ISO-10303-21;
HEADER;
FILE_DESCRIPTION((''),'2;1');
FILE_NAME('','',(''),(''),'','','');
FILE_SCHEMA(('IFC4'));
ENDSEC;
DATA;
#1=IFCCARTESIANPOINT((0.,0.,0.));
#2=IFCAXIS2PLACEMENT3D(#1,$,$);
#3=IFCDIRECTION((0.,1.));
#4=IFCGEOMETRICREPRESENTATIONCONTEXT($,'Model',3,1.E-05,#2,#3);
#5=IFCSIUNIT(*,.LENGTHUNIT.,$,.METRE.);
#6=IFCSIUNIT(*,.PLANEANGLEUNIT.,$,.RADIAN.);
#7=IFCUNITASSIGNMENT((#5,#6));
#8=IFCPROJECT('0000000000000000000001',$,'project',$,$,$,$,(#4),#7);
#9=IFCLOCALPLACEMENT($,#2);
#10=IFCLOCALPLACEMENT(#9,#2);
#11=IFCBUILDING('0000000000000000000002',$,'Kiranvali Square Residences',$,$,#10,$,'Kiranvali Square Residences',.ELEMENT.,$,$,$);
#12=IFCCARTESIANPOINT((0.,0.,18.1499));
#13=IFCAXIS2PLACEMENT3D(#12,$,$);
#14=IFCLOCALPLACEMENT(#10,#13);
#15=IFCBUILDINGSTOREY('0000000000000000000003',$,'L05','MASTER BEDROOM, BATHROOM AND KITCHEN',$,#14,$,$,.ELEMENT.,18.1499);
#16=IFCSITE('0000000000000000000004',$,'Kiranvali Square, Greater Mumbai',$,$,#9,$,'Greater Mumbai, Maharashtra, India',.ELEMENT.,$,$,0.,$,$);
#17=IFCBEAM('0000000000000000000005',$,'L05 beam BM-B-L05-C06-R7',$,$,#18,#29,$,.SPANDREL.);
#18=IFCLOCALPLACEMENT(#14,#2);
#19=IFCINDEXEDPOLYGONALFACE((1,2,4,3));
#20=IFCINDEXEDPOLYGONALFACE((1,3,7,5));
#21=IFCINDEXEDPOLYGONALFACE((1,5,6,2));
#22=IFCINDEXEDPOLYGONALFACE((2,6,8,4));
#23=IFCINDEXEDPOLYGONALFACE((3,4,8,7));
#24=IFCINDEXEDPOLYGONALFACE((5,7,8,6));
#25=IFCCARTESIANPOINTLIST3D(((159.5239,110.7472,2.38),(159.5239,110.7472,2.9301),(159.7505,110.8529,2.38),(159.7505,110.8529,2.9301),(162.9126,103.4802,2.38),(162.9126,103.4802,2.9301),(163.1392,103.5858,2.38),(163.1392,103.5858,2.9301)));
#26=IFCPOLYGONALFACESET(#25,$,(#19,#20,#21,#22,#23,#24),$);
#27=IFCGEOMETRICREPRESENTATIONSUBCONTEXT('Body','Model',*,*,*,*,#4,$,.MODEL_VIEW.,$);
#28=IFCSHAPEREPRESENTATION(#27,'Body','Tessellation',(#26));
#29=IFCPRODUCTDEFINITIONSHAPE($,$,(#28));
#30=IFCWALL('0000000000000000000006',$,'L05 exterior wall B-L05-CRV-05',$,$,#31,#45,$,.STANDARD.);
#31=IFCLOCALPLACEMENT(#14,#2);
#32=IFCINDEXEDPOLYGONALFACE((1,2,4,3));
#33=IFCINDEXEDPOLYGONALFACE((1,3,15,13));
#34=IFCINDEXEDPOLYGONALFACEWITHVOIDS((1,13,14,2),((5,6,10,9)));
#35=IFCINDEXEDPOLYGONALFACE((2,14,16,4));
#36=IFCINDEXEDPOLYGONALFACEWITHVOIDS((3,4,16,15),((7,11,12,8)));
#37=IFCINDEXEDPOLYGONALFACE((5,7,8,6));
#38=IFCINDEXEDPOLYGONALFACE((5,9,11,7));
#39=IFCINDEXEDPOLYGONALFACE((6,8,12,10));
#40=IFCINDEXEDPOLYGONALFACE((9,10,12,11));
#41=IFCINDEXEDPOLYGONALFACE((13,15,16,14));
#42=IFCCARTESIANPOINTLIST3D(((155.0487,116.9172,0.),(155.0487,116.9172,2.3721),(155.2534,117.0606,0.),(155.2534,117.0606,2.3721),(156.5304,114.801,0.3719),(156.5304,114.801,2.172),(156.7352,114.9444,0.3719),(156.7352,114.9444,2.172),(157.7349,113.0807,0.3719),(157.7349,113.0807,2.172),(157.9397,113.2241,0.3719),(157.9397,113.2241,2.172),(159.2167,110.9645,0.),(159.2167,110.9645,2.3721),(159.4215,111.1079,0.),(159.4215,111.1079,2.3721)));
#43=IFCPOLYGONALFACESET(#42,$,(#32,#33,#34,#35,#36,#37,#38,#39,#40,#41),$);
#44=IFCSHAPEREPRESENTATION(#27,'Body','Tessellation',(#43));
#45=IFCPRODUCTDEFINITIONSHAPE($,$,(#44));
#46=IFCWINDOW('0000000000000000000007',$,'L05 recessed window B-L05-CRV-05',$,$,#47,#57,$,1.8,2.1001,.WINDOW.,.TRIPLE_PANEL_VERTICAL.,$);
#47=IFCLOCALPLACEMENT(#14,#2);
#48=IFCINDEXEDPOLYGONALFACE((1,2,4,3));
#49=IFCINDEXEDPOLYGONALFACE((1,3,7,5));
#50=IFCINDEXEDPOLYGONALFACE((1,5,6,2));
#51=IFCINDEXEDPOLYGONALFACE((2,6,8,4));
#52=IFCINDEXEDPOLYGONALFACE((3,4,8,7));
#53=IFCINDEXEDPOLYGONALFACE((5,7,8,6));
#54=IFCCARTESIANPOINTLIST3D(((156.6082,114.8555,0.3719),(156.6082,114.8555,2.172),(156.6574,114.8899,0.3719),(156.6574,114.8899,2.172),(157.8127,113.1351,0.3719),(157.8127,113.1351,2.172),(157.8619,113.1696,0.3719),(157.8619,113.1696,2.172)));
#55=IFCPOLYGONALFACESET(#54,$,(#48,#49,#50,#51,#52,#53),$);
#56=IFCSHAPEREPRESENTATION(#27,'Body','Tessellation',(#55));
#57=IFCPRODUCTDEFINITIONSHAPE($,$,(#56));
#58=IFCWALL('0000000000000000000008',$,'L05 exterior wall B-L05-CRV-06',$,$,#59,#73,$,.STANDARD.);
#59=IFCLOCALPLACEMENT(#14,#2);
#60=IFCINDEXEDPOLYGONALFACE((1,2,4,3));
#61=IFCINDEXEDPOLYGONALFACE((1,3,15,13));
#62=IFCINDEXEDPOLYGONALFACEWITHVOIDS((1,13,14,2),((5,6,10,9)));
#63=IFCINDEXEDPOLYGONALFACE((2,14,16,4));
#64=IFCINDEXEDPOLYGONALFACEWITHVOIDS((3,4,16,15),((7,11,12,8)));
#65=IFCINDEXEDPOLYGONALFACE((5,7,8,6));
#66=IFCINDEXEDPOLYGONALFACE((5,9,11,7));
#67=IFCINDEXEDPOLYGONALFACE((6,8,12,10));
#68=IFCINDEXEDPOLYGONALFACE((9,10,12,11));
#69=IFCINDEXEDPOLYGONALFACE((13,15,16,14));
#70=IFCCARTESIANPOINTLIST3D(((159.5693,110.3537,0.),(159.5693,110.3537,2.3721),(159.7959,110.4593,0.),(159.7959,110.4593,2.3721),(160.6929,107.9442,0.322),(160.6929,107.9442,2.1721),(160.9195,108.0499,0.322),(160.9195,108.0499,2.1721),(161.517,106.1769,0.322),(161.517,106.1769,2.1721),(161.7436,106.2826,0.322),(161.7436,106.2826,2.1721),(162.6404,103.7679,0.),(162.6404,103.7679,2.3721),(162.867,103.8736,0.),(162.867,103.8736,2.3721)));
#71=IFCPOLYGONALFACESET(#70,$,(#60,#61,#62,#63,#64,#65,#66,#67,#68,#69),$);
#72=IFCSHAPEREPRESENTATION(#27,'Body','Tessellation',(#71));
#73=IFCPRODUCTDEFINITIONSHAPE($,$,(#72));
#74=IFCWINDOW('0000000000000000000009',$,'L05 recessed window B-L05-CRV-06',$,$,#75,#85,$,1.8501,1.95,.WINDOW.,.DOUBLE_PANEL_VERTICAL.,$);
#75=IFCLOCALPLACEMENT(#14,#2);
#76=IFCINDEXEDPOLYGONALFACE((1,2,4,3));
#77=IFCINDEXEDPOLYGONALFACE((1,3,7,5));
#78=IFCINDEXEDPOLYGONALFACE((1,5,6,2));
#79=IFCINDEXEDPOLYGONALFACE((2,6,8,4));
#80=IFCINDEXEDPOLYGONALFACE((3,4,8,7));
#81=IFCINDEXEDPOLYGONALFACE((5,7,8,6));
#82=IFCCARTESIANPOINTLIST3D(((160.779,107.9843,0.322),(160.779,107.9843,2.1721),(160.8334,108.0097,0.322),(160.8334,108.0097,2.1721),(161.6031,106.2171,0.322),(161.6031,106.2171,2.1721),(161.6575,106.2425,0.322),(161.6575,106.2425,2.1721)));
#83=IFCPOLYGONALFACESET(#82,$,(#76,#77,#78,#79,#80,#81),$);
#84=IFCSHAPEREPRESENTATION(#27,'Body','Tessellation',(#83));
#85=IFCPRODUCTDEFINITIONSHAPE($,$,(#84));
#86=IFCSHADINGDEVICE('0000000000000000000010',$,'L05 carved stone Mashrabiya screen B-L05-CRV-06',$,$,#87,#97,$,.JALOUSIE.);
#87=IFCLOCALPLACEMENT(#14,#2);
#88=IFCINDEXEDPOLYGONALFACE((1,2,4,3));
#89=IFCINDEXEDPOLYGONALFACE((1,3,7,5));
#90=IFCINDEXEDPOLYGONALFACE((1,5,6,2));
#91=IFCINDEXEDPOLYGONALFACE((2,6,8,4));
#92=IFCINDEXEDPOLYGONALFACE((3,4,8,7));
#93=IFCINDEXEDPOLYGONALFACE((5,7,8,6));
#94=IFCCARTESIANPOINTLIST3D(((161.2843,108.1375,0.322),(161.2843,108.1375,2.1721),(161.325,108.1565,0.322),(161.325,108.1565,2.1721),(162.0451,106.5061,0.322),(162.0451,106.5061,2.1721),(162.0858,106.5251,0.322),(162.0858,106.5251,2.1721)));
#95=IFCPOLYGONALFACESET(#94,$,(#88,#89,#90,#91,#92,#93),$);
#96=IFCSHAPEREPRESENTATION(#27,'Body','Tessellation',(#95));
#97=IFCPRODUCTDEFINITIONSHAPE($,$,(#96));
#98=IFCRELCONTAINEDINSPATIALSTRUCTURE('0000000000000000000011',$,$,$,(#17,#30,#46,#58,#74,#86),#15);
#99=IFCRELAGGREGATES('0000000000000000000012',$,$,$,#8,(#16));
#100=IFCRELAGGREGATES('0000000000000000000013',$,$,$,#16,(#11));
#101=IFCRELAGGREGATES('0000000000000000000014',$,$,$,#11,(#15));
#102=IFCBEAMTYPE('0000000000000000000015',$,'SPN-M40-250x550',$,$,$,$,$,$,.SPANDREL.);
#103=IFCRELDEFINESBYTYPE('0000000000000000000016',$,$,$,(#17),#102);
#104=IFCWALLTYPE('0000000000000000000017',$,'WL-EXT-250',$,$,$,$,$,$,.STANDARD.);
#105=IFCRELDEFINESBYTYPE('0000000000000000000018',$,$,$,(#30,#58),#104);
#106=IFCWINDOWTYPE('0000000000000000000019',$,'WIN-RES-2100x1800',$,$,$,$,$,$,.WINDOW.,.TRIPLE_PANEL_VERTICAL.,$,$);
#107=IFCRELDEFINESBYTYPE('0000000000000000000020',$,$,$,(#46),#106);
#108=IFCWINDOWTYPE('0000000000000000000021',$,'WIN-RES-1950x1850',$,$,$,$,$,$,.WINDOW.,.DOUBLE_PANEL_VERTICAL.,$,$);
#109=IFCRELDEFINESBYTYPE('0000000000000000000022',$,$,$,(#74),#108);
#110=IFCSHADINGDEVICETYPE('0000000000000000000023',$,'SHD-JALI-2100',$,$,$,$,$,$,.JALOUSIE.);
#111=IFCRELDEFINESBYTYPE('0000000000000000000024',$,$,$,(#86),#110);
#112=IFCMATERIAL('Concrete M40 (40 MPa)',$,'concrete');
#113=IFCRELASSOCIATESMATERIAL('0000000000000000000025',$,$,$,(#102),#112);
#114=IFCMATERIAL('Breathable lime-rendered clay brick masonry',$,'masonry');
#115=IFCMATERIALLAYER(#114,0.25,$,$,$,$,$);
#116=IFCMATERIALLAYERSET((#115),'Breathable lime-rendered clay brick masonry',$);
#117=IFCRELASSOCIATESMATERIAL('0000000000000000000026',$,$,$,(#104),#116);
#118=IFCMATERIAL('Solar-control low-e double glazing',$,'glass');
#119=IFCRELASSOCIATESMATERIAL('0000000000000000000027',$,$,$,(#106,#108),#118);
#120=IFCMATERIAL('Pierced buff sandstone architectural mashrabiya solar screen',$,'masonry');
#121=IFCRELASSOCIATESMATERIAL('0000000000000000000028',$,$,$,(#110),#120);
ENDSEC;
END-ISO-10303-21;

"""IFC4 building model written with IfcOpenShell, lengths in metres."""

from ifc_helpers import new_model, si_unit, direction, frame, frame_2d, origin, origin_2d, place, context, subcontext, project, spatial, rectangle, extrude, material, layer, layer_set, material_profile, profile_set, type_object, element, fill, save


model = new_model("IFC4")

# Units and contexts
model_context = context("Model", 3, precision=1e-05, world=origin(), true_north=direction((0.0, 1.0)))
body_context = subcontext(model_context, "Body", "Model", "MODEL_VIEW")
ifc_project = project(units=[si_unit("LENGTHUNIT", "METRE"), si_unit("PLANEANGLEUNIT", "RADIAN")], contexts=[model_context])

# Site, building, storey
site_placement = place(None, origin())
site = spatial("IfcSite", under=ifc_project, at=site_placement, Name="Kiranvali Square, Greater Mumbai", LongName="Greater Mumbai, Maharashtra, India", CompositionType="ELEMENT", RefElevation=0.0)
building_placement = place(site_placement, origin())
building = spatial("IfcBuilding", under=site, at=building_placement, Name="Kiranvali Square Residences", LongName="Kiranvali Square Residences", CompositionType="ELEMENT")
storey_placement = place(building_placement, frame((0.0, 0.0, 18.1499)))
storey = spatial("IfcBuildingStorey", under=building, at=storey_placement, Name="L05", Description="MASTER BEDROOM, BATHROOM AND KITCHEN", CompositionType="ELEMENT", Elevation=18.1499)

# Beam
ifc_material_1 = material(Name="Concrete M40 (40 MPa)", Category="concrete")
ifc_material_profile_1 = material_profile(ifc_material_1, rectangle(XDim=0.25, YDim=0.55, at=origin_2d()), Name="RC 250x550")
ifc_profile_set_1 = profile_set([ifc_material_profile_1], Name="Concrete M40 (40 MPa)")
beam_type_1 = type_object("IfcBeamType", Name="SPN-M40-250x550", PredefinedType="SPANDREL", material=ifc_profile_set_1)
for number, where, z_axis, x_axis, name in (
    (1, (159.6372, 110.8, 2.655), (0.422615, -0.906309, 0.0), (0.906309, 0.422615, 0.0), "L05 beam BM-B-L05-C06-R7"),
):
    element("IfcBeam", number, at=place(storey_placement, frame(where, z_axis=z_axis, x_axis=x_axis)), inside=storey, type_object=beam_type_1, Name=name, PredefinedType="SPANDREL", context=body_context, shape_type="SweptSolid", body=[
        extrude(rectangle(XDim=0.25, YDim=0.55, at=origin_2d()), origin(), (0.0, 0.0, 1.0), 8.0183),
    ])

# Walls, openings, windows
ifc_material_2 = material(Name="Breathable lime-rendered clay brick masonry", Category="masonry")
ifc_layer = layer(ifc_material_2, 0.25)
ifc_layer_set = layer_set([ifc_layer], Name="Breathable lime-rendered clay brick masonry")
wall_type = type_object("IfcWallType", Name="WL-EXT-250", PredefinedType="STANDARD", material=ifc_layer_set)
wall_1_placement = place(storey_placement, frame((155.1511, 116.9888, 0.0), z_axis=(0.0, 0.0, 1.0), x_axis=(0.573566, -0.819159, 0.0)))
wall_1 = element("IfcWall", 2, at=wall_1_placement, inside=storey, type_object=wall_type, Name="L05 exterior wall B-L05-CRV-05", PredefinedType="STANDARD", context=body_context, shape_type="SweptSolid", body=[
    extrude(rectangle(XDim=7.2668, YDim=0.25, at=frame_2d((3.6333, 0.0))), origin(), (0.0, 0.0, 1.0), 2.3721),
])
opening_1_placement = place(wall_1_placement, frame((2.5833, 0.0, 0.3721)))
opening_1 = element("IfcOpeningElement", 3, at=opening_1_placement, cuts=wall_1, PredefinedType="OPENING", context=body_context, shape_type="SweptSolid", body=[
    extrude(rectangle(XDim=2.1001, YDim=1.8, at=frame_2d((1.05, 0.8999))), frame((0.0, 0.135, 0.0), z_axis=(0.0, -1.0, 0.0), x_axis=(1.0, 0.0, 0.0)), (0.0, 0.0, 1.0), 0.27),
])
ifc_material_3 = material(Name="Solar-control low-e double glazing", Category="glass")
window_type_1 = type_object("IfcWindowType", Name="WIN-RES-2100x1800", PartitioningType="TRIPLE_PANEL_VERTICAL", PredefinedType="WINDOW", material=ifc_material_3)
window_1_placement = place(opening_1_placement, origin())
window_1 = element("IfcWindow", 4, at=window_1_placement, inside=storey, type_object=window_type_1, Name="L05 recessed window B-L05-CRV-05", OverallHeight=1.8, OverallWidth=2.1001, PartitioningType="TRIPLE_PANEL_VERTICAL", PredefinedType="WINDOW", context=body_context, shape_type="SweptSolid", body=[
    extrude(rectangle(XDim=2.1001, YDim=1.8, at=frame_2d((1.05, 0.8999))), frame((0.0, 0.03, 0.0), z_axis=(0.0, -1.0, 0.0), x_axis=(1.0, 0.0, 0.0)), (0.0, 0.0, 1.0), 0.0601),
])
fill(opening_1, window_1)
wall_2_placement = place(storey_placement, frame((159.6826, 110.4065, 0.0), z_axis=(0.0, 0.0, 1.0), x_axis=(0.422628, -0.906303, 0.0)))
wall_2 = element("IfcWall", 5, at=wall_2_placement, inside=storey, type_object=wall_type, Name="L05 exterior wall B-L05-CRV-06", PredefinedType="STANDARD", context=body_context, shape_type="SweptSolid", body=[
    extrude(rectangle(XDim=7.2666, YDim=0.25, at=frame_2d((3.6333, 0.0))), origin(), (0.0, 0.0, 1.0), 2.3721),
])
opening_2_placement = place(wall_2_placement, frame((2.6584, 0.0, 0.322)))
opening_2 = element("IfcOpeningElement", 6, at=opening_2_placement, cuts=wall_2, PredefinedType="OPENING", context=body_context, shape_type="SweptSolid", body=[
    extrude(rectangle(XDim=1.95, YDim=1.8501, at=frame_2d((0.9751, 0.925))), frame((0.0, 0.135, 0.0), z_axis=(0.0, -1.0, 0.0), x_axis=(1.0, 0.0, 0.0)), (0.0, 0.0, 1.0), 0.27),
])
window_type_2 = type_object("IfcWindowType", Name="WIN-RES-1950x1850", PartitioningType="DOUBLE_PANEL_VERTICAL", PredefinedType="WINDOW", material=ifc_material_3)
window_2_placement = place(opening_2_placement, origin())
window_2 = element("IfcWindow", 7, at=window_2_placement, inside=storey, type_object=window_type_2, Name="L05 recessed window B-L05-CRV-06", OverallHeight=1.8501, OverallWidth=1.95, PartitioningType="DOUBLE_PANEL_VERTICAL", PredefinedType="WINDOW", context=body_context, shape_type="SweptSolid", body=[
    extrude(rectangle(XDim=1.95, YDim=1.8501, at=frame_2d((0.9751, 0.925))), frame((0.0, 0.03, 0.0), z_axis=(0.0, -1.0, 0.0), x_axis=(1.0, 0.0, 0.0)), (0.0, 0.0, 1.0), 0.0601),
])
fill(opening_2, window_2)

# Shading device
ifc_material_4 = material(Name="Pierced buff sandstone architectural mashrabiya solar screen", Category="masonry")
shading_device_type = type_object("IfcShadingDeviceType", Name="SHD-JALI-2100", PredefinedType="JALOUSIE", material=ifc_material_4)
shading_device_placement = place(storey_placement, frame((161.6851, 107.3313, 0.322), z_axis=(0.0, 0.0, 1.0), x_axis=(0.422618, -0.906308, 0.0)))
element("IfcShadingDevice", 8, at=shading_device_placement, inside=storey, type_object=shading_device_type, Name="L05 carved stone Mashrabiya screen B-L05-CRV-06", PredefinedType="JALOUSIE", context=body_context, shape_type="SweptSolid", body=[
    extrude(rectangle(XDim=1.8, YDim=0.0449, at=origin_2d()), origin(), (0.0, 0.0, 1.0), 1.8501),
])

save(model, "model.ifc")
